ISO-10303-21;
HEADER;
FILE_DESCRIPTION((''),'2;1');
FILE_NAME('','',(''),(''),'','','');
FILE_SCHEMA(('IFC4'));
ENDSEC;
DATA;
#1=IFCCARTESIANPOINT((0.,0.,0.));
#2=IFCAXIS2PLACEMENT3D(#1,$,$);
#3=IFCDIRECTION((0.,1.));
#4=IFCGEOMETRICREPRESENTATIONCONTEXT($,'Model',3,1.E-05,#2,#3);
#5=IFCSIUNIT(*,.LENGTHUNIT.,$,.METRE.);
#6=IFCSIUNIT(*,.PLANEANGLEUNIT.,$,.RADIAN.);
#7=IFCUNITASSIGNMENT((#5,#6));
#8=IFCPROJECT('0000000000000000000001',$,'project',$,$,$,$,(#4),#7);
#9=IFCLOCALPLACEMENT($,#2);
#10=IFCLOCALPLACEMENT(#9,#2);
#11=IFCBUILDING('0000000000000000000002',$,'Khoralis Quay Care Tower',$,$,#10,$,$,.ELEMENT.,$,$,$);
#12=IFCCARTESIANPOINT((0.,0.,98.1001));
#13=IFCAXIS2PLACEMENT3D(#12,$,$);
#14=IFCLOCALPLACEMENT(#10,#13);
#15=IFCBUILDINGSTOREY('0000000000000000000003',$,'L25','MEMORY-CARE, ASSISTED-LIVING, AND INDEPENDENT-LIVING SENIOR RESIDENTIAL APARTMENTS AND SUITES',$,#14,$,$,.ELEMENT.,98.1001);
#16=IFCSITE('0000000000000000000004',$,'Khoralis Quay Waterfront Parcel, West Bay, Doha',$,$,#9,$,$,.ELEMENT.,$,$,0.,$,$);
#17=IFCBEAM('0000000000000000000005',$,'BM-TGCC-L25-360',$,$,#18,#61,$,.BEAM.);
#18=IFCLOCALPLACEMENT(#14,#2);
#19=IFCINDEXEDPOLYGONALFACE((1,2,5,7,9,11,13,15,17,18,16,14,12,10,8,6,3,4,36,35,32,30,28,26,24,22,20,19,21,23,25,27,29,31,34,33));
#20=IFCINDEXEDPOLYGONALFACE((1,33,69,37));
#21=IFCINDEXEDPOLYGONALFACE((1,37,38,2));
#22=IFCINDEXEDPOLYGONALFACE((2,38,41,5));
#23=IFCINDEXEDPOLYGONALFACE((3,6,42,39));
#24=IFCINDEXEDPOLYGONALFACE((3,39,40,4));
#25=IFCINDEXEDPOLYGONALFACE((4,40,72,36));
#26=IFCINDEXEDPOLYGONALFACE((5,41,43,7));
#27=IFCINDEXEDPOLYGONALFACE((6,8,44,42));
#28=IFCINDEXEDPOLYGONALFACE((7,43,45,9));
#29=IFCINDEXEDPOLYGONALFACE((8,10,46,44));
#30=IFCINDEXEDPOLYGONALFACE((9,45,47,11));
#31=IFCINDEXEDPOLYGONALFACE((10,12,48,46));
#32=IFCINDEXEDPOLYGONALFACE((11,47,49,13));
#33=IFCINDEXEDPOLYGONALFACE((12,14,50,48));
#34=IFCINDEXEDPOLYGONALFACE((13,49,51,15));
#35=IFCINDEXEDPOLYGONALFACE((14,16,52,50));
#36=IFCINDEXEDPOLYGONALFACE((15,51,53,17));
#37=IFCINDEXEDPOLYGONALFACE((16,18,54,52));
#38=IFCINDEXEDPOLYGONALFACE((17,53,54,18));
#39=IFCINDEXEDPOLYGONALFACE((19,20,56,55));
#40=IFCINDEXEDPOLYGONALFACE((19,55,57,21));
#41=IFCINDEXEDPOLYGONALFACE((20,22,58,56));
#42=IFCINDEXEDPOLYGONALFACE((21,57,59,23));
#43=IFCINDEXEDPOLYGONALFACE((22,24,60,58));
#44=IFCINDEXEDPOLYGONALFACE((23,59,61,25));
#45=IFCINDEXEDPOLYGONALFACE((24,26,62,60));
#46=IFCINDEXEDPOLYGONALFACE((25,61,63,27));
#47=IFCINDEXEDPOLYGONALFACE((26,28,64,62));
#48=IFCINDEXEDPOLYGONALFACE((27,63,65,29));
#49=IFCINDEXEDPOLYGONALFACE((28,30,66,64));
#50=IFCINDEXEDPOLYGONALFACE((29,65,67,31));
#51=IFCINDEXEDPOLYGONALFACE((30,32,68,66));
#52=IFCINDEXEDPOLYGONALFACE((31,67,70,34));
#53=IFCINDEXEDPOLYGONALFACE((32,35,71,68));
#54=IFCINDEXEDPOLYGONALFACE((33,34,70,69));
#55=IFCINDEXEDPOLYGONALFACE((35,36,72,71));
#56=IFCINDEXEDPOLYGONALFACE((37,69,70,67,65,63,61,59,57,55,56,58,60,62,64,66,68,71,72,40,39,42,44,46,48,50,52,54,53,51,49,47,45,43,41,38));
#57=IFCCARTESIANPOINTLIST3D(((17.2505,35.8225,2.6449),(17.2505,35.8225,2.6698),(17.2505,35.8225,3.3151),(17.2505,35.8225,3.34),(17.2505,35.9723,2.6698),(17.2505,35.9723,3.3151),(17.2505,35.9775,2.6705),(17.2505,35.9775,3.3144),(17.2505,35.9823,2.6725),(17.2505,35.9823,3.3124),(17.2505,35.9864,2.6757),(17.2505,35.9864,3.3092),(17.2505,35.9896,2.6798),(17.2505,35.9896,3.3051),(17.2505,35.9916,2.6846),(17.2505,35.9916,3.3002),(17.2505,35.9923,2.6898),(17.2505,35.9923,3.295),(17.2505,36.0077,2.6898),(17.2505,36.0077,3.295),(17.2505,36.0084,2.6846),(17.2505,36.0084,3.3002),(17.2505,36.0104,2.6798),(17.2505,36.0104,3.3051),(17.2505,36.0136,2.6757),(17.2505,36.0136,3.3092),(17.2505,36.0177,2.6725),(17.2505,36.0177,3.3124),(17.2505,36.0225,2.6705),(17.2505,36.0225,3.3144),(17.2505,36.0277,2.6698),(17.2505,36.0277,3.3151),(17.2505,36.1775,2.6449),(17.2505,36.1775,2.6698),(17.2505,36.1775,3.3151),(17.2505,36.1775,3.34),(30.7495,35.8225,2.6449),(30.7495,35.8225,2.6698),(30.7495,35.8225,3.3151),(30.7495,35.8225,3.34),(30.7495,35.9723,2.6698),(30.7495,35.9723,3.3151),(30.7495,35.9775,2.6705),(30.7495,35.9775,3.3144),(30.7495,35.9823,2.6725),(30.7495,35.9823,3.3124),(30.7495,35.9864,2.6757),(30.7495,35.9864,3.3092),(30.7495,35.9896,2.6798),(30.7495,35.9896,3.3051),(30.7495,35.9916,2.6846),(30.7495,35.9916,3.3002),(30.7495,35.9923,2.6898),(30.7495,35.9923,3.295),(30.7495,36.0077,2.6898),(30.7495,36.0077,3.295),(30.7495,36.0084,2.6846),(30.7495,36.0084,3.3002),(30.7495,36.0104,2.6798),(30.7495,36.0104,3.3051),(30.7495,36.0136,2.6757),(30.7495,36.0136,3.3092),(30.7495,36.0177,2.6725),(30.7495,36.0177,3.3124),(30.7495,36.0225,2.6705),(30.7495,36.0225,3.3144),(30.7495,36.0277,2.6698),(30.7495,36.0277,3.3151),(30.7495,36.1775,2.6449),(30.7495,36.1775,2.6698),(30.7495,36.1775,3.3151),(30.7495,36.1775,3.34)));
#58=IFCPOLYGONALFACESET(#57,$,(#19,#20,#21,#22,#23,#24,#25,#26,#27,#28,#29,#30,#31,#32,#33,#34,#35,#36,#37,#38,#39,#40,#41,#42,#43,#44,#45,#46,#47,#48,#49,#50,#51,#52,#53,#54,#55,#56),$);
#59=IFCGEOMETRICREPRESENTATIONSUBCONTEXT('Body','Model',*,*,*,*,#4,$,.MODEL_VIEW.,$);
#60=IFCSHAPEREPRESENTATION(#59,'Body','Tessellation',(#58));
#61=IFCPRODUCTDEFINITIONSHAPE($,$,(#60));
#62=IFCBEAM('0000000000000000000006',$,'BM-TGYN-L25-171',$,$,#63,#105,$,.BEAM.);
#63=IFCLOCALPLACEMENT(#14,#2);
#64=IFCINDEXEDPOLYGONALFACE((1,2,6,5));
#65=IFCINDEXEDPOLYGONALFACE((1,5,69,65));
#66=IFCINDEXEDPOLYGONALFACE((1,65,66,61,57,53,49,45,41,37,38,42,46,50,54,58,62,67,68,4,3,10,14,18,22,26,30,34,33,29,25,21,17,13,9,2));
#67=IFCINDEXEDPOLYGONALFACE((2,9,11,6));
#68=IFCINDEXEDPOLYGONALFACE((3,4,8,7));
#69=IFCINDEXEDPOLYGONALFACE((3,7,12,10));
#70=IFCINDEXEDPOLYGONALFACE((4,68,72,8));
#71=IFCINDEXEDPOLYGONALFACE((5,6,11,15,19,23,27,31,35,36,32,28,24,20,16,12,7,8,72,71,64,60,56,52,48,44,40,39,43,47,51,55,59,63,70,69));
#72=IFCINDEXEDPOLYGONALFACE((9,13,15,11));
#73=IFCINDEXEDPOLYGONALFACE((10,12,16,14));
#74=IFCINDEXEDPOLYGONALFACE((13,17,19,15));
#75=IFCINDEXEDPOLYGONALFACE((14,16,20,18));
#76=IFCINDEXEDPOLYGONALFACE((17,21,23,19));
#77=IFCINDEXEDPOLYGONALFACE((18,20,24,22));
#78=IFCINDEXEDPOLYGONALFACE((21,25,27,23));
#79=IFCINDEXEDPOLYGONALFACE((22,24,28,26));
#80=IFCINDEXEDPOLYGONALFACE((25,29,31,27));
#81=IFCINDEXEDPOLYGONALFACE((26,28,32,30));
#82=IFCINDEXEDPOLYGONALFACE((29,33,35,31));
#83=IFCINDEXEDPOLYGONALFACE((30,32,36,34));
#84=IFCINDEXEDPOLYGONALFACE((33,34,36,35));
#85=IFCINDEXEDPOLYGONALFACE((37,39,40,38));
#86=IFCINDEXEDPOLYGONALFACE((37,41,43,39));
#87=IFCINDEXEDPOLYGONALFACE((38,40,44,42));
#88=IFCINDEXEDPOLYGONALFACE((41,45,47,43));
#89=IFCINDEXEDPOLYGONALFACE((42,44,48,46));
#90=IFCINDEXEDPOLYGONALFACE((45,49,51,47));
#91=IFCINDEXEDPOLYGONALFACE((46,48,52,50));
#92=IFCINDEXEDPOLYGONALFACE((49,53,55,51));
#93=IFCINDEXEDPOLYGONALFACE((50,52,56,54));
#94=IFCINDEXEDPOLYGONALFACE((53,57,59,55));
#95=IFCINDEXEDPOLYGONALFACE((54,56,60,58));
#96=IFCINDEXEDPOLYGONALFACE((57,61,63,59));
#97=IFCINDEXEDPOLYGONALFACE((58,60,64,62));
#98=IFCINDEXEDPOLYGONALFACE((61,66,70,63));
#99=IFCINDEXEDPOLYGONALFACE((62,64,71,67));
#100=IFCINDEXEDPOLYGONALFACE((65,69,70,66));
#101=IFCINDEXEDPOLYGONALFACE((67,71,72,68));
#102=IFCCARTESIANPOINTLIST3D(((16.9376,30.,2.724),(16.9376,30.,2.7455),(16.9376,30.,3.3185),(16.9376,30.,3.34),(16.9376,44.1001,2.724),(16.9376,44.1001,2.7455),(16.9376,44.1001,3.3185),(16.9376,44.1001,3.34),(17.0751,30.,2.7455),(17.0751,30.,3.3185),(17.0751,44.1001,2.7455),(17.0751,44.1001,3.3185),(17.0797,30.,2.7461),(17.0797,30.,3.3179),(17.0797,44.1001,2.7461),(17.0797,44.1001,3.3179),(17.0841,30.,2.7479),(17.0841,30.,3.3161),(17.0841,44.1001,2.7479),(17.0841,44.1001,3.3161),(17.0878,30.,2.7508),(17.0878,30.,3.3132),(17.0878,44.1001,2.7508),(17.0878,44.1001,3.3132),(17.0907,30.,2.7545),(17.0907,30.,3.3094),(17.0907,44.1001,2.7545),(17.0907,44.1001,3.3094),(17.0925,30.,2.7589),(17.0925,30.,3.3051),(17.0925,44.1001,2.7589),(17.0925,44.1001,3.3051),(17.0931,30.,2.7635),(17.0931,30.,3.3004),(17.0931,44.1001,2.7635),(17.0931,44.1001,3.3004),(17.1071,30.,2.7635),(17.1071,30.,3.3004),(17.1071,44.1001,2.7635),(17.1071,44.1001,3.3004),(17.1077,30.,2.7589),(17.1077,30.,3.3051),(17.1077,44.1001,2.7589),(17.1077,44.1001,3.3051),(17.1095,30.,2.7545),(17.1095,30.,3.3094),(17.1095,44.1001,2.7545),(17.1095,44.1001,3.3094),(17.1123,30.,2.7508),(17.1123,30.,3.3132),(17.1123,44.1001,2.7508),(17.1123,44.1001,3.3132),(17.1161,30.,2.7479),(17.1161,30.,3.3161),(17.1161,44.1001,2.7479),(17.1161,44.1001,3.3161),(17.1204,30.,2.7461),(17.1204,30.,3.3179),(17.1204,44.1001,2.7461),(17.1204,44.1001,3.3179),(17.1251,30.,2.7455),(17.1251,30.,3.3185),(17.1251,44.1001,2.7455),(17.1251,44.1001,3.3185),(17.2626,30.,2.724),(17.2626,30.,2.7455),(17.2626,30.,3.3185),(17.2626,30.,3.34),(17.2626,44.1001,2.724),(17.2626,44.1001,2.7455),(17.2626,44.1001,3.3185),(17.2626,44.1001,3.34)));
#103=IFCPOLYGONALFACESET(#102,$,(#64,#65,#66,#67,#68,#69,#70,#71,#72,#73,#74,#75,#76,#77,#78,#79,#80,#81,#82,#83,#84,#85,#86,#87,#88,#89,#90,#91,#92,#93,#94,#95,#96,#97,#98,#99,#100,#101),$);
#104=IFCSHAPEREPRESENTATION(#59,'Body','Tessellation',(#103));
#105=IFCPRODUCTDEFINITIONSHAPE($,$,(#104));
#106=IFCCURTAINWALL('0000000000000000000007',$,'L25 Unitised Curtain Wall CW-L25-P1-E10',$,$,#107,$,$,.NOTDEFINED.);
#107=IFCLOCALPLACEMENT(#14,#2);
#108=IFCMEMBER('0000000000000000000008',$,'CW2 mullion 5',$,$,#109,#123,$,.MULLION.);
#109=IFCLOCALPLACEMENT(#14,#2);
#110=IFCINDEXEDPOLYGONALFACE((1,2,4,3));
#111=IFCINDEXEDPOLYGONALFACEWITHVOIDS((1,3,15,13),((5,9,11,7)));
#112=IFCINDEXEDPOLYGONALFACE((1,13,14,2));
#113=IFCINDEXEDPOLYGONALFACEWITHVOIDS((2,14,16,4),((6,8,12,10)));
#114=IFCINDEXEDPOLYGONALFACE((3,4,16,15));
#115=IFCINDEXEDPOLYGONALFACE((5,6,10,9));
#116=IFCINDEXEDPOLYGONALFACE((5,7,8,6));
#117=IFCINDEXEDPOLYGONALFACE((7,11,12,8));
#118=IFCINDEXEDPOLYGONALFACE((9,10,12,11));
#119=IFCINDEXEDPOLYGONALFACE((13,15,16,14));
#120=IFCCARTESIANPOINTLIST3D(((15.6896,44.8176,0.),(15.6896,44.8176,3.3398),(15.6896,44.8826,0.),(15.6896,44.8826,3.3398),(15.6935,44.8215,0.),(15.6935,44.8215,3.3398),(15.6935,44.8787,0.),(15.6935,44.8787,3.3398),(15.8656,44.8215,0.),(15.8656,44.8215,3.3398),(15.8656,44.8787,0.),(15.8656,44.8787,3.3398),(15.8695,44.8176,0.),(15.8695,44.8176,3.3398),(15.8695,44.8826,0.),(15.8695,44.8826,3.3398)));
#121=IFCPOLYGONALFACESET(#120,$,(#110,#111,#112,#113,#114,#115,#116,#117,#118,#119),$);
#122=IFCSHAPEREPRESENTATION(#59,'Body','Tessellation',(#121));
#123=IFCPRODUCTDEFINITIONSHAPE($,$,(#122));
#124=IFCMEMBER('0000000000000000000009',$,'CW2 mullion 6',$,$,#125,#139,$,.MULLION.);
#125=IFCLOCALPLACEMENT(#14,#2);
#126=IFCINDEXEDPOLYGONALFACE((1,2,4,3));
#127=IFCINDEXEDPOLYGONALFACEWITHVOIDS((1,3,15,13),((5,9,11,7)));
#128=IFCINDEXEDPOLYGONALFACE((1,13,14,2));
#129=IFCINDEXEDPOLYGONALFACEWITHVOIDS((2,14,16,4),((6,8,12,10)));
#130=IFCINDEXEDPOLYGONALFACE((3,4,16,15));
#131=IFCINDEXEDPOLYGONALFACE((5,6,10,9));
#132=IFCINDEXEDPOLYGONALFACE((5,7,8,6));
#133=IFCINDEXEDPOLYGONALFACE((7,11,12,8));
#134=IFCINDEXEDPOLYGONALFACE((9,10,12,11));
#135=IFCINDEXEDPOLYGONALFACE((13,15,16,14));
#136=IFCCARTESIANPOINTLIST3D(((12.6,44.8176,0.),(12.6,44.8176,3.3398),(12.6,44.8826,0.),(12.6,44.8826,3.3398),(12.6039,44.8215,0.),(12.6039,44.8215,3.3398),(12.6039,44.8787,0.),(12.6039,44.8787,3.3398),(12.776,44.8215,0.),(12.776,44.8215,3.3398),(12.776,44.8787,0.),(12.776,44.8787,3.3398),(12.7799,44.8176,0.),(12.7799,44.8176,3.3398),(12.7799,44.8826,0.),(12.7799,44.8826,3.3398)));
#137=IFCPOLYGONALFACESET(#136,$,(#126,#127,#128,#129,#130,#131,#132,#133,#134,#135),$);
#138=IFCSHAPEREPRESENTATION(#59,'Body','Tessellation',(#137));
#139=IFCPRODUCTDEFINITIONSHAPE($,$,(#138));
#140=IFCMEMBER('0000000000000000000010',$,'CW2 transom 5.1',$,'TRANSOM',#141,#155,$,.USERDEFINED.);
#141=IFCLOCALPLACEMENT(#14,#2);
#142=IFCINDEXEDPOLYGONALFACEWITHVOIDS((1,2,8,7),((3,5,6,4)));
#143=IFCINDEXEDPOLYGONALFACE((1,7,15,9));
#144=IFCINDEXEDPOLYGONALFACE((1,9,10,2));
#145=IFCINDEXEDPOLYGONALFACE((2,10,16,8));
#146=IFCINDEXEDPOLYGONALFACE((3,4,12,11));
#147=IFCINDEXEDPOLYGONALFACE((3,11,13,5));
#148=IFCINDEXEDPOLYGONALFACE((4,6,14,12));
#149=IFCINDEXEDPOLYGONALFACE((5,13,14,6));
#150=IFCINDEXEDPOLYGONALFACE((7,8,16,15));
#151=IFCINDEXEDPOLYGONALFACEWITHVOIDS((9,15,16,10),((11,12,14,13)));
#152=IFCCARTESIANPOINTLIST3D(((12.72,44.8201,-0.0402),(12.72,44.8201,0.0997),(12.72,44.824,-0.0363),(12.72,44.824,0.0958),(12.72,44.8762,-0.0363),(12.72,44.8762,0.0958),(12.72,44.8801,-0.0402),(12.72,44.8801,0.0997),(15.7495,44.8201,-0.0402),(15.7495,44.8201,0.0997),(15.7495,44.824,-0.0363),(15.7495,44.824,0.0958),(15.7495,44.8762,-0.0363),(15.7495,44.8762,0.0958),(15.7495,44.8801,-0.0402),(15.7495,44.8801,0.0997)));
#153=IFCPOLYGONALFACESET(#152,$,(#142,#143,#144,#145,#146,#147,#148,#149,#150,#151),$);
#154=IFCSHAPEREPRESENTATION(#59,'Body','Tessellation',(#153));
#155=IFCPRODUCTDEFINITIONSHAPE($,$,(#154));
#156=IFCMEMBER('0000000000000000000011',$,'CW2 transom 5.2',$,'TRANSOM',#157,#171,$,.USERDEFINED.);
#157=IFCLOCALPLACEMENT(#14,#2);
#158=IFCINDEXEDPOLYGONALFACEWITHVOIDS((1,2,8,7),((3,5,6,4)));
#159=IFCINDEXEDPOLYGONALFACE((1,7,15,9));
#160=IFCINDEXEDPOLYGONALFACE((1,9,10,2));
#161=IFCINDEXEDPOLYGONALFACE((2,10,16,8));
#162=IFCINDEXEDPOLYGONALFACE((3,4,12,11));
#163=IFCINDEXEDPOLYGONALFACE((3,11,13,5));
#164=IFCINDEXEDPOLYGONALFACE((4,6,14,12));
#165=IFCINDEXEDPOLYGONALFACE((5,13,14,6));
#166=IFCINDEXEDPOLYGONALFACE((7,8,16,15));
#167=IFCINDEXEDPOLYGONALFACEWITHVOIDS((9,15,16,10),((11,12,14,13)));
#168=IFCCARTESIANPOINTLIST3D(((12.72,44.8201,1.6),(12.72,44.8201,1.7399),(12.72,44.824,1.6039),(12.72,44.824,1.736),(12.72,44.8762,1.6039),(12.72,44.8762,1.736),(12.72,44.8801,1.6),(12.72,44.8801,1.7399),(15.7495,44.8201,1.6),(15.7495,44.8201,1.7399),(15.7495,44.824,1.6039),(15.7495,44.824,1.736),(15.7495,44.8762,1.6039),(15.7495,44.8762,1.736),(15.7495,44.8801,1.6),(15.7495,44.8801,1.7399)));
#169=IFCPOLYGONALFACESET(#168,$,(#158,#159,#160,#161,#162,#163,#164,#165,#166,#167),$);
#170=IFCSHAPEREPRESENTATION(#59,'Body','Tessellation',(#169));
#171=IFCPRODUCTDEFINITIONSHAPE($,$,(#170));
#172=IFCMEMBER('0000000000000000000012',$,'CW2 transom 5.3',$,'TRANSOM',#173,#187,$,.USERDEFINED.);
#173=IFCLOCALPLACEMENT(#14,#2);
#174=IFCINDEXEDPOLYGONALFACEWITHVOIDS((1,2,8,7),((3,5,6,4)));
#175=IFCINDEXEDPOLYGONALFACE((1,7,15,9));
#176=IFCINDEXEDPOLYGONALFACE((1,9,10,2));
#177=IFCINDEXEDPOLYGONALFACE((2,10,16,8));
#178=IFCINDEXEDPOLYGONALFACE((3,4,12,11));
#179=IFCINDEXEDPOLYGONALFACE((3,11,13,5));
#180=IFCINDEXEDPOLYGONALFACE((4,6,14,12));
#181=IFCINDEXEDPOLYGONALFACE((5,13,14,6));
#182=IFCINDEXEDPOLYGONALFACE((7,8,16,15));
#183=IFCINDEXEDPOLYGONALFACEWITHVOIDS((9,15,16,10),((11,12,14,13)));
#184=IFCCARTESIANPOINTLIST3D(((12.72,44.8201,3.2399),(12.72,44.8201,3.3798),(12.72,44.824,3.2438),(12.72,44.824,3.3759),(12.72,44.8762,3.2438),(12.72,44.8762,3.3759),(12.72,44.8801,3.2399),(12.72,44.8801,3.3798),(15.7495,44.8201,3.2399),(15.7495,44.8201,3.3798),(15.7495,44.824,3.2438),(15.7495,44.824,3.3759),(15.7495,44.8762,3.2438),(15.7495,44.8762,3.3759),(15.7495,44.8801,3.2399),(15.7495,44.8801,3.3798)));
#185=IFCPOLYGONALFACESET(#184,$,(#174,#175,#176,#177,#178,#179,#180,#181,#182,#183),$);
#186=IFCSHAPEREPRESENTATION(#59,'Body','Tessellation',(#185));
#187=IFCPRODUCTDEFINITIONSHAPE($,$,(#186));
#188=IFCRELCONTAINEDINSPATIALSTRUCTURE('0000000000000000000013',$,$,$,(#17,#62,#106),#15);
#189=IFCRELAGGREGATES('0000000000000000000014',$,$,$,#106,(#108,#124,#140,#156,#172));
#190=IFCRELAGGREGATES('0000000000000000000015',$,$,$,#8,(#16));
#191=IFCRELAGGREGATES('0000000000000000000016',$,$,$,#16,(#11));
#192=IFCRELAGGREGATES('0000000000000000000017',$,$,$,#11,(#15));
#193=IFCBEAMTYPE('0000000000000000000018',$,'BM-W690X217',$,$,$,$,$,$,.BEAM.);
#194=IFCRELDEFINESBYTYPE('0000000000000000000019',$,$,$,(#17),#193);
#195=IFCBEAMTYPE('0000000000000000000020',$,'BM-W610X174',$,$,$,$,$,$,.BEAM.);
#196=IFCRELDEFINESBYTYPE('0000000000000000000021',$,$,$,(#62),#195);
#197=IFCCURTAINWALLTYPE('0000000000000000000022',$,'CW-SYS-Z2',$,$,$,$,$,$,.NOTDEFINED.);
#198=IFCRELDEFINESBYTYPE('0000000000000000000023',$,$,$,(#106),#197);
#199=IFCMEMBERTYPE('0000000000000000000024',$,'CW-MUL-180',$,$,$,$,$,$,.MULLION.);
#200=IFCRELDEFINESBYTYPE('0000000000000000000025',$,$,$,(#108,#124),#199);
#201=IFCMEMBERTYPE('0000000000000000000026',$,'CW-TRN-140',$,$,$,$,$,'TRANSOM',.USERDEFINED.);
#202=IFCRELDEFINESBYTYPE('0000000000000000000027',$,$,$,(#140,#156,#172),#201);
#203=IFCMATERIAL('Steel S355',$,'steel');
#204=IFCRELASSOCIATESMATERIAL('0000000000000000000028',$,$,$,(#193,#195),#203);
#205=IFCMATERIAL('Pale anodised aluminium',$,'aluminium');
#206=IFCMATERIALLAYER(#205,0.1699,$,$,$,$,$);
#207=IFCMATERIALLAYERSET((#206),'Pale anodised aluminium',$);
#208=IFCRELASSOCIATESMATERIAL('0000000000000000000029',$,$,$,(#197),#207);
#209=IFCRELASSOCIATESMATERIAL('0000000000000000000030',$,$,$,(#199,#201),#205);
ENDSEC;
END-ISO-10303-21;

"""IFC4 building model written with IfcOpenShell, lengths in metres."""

from ifc_helpers import new_model, si_unit, direction, frame, origin, origin_2d, place, context, subcontext, project, spatial, hollow_rectangle, i_section, extrude, source, transform, mapped, material, layer, layer_set, material_profile, profile_set, type_object, element, aggregate, save


model = new_model("IFC4")

# Units and contexts
model_context = context("Model", 3, precision=1e-05, world=origin(), true_north=direction((0.0, 1.0)))
body_context = subcontext(model_context, "Body", "Model", "MODEL_VIEW")
ifc_project = project(units=[si_unit("LENGTHUNIT", "METRE"), si_unit("PLANEANGLEUNIT", "RADIAN")], contexts=[model_context])

# Site, building, storey
site_placement = place(None, origin())
site = spatial("IfcSite", under=ifc_project, at=site_placement, Name="Khoralis Quay Waterfront Parcel, West Bay, Doha", CompositionType="ELEMENT", RefElevation=0.0)
building_placement = place(site_placement, origin())
building = spatial("IfcBuilding", under=site, at=building_placement, Name="Khoralis Quay Care Tower", CompositionType="ELEMENT")
storey_placement = place(building_placement, frame((0.0, 0.0, 98.1001)))
storey = spatial("IfcBuildingStorey", under=building, at=storey_placement, Name="L25", Description="MEMORY-CARE, ASSISTED-LIVING, AND INDEPENDENT-LIVING SENIOR RESIDENTIAL APARTMENTS AND SUITES", CompositionType="ELEMENT", Elevation=98.1001)

# Beams
ifc_material_1 = material(Name="Steel S355", Category="steel")
ifc_material_profile_1 = material_profile(ifc_material_1, i_section(OverallWidth=0.355, OverallDepth=0.6951, WebThickness=0.0154, FlangeThickness=0.0249, FilletRadius=0.02, at=origin_2d()), Name="Steel S355")
ifc_profile_set_1 = profile_set([ifc_material_profile_1], Name="Steel S355")
beam_type_1 = type_object("IfcBeamType", Name="BM-W690X217", PredefinedType="BEAM", material=ifc_profile_set_1)
shared_shape_1 = source(origin(), body_context, "Body", "SweptSolid", [
    extrude(i_section(OverallWidth=0.355, OverallDepth=0.6951, WebThickness=0.0154, FlangeThickness=0.0249, FilletRadius=0.02, at=origin_2d()), origin(), (0.0, 0.0, 1.0), 13.499),
])
beam_1_placement = place(storey_placement, frame((17.2505, 36.0, 2.9924), z_axis=(1.0, 0.0, 0.0), x_axis=(0.0, 1.0, 0.0)))
element("IfcBeam", 1, at=beam_1_placement, inside=storey, type_object=beam_type_1, Name="BM-TGCC-L25-360", PredefinedType="BEAM", context=body_context, shape_type="MappedRepresentation", body=[
    mapped(shared_shape_1, transform((0.0, 0.0, 0.0), scale=1.0)),
])
ifc_material_profile_2 = material_profile(ifc_material_1, i_section(OverallWidth=0.325, OverallDepth=0.616, WebThickness=0.0139, FlangeThickness=0.0215, FilletRadius=0.0181, at=origin_2d()), Name="Steel S355")
ifc_profile_set_2 = profile_set([ifc_material_profile_2], Name="Steel S355")
beam_type_2 = type_object("IfcBeamType", Name="BM-W610X174", PredefinedType="BEAM", material=ifc_profile_set_2)
shared_shape_2 = source(origin(), body_context, "Body", "SweptSolid", [
    extrude(i_section(OverallWidth=0.325, OverallDepth=0.616, WebThickness=0.0139, FlangeThickness=0.0215, FilletRadius=0.0181, at=origin_2d()), origin(), (0.0, 0.0, 1.0), 14.1001),
])
beam_2_placement = place(storey_placement, frame((17.1001, 30.0, 3.032), z_axis=(0.0, 1.0, 0.0), x_axis=(-1.0, 0.0, 0.0)))
element("IfcBeam", 2, at=beam_2_placement, inside=storey, type_object=beam_type_2, Name="BM-TGYN-L25-171", PredefinedType="BEAM", context=body_context, shape_type="MappedRepresentation", body=[
    mapped(shared_shape_2, transform((0.0, 0.0, 0.0), scale=1.0)),
])

# Curtain wall, members
ifc_material_2 = material(Name="Pale anodised aluminium", Category="aluminium")
ifc_layer_1 = layer(ifc_material_2, 0.1699)
ifc_layer_set_1 = layer_set([ifc_layer_1], Name="Pale anodised aluminium")
curtain_wall_type = type_object("IfcCurtainWallType", Name="CW-SYS-Z2", PredefinedType="NOTDEFINED", material=ifc_layer_set_1)
curtain_wall_placement = place(storey_placement, origin())
curtain_wall = element("IfcCurtainWall", 3, at=curtain_wall_placement, inside=storey, type_object=curtain_wall_type, Name="L25 Unitised Curtain Wall CW-L25-P1-E10", PredefinedType="NOTDEFINED")
ifc_material_profile_3 = material_profile(ifc_material_2, hollow_rectangle(XDim=0.0649, YDim=0.1799, WallThickness=0.0039, at=origin_2d()), Name="Pale anodised aluminium")
ifc_profile_set_3 = profile_set([ifc_material_profile_3], Name="Pale anodised aluminium")
member_type_1 = type_object("IfcMemberType", Name="CW-MUL-180", PredefinedType="MULLION", material=ifc_profile_set_3)
shared_shape_3 = source(origin(), body_context, "Body", "SweptSolid", [
    extrude(hollow_rectangle(XDim=0.0649, YDim=0.1799, WallThickness=0.0039, at=origin_2d()), origin(), (0.0, 0.0, 1.0), 3.3398),
])
member_1_placement = place(storey_placement, frame((15.7795, 44.8501, 0.0), z_axis=(0.0, 0.0, 1.0), x_axis=(0.0, -1.0, 0.0)))
member_1 = element("IfcMember", 4, at=member_1_placement, type_object=member_type_1, Name="CW2 mullion 5", PredefinedType="MULLION", context=body_context, shape_type="MappedRepresentation", body=[
    mapped(shared_shape_3, transform((0.0, 0.0, 0.0), scale=1.0)),
])
member_2_placement = place(storey_placement, frame((12.6899, 44.8501, 0.0), z_axis=(0.0, 0.0, 1.0), x_axis=(0.0, -1.0, 0.0)))
member_2 = element("IfcMember", 5, at=member_2_placement, type_object=member_type_1, Name="CW2 mullion 6", PredefinedType="MULLION", context=body_context, shape_type="MappedRepresentation", body=[
    mapped(shared_shape_3, transform((0.0, 0.0, 0.0), scale=1.0)),
])
ifc_material_profile_4 = material_profile(ifc_material_2, hollow_rectangle(XDim=0.0601, YDim=0.1399, WallThickness=0.0039, at=origin_2d()), Name="Pale anodised aluminium")
ifc_profile_set_4 = profile_set([ifc_material_profile_4], Name="Pale anodised aluminium")
member_type_2 = type_object("IfcMemberType", Name="CW-TRN-140", ElementType="TRANSOM", PredefinedType="USERDEFINED", material=ifc_profile_set_4)
shared_shape_4 = source(origin(), body_context, "Body", "SweptSolid", [
    extrude(hollow_rectangle(XDim=0.0601, YDim=0.1399, WallThickness=0.0039, at=origin_2d()), origin(), (0.0, 0.0, 1.0), 3.0295),
])
member_3_placement = place(storey_placement, frame((15.7495, 44.8501, 0.0298), z_axis=(-1.0, 0.0, 0.0), x_axis=(0.0, -1.0, 0.0)))
member_3 = element("IfcMember", 6, at=member_3_placement, type_object=member_type_2, Name="CW2 transom 5.1", ObjectType="TRANSOM", PredefinedType="USERDEFINED", context=body_context, shape_type="MappedRepresentation", body=[
    mapped(shared_shape_4, transform((0.0, 0.0, 0.0), scale=1.0)),
])
member_4_placement = place(storey_placement, frame((15.7495, 44.8501, 1.6699), z_axis=(-1.0, 0.0, 0.0), x_axis=(0.0, -1.0, 0.0)))
member_4 = element("IfcMember", 7, at=member_4_placement, type_object=member_type_2, Name="CW2 transom 5.2", ObjectType="TRANSOM", PredefinedType="USERDEFINED", context=body_context, shape_type="MappedRepresentation", body=[
    mapped(shared_shape_4, transform((0.0, 0.0, 0.0), scale=1.0)),
])
member_5_placement = place(storey_placement, frame((15.7495, 44.8501, 3.3098), z_axis=(-1.0, 0.0, 0.0), x_axis=(0.0, -1.0, 0.0)))
member_5 = element("IfcMember", 8, at=member_5_placement, type_object=member_type_2, Name="CW2 transom 5.3", ObjectType="TRANSOM", PredefinedType="USERDEFINED", context=body_context, shape_type="MappedRepresentation", body=[
    mapped(shared_shape_4, transform((0.0, 0.0, 0.0), scale=1.0)),
])
aggregate(curtain_wall, [member_1, member_2, member_3, member_4, member_5])

save(model, "model.ifc")
